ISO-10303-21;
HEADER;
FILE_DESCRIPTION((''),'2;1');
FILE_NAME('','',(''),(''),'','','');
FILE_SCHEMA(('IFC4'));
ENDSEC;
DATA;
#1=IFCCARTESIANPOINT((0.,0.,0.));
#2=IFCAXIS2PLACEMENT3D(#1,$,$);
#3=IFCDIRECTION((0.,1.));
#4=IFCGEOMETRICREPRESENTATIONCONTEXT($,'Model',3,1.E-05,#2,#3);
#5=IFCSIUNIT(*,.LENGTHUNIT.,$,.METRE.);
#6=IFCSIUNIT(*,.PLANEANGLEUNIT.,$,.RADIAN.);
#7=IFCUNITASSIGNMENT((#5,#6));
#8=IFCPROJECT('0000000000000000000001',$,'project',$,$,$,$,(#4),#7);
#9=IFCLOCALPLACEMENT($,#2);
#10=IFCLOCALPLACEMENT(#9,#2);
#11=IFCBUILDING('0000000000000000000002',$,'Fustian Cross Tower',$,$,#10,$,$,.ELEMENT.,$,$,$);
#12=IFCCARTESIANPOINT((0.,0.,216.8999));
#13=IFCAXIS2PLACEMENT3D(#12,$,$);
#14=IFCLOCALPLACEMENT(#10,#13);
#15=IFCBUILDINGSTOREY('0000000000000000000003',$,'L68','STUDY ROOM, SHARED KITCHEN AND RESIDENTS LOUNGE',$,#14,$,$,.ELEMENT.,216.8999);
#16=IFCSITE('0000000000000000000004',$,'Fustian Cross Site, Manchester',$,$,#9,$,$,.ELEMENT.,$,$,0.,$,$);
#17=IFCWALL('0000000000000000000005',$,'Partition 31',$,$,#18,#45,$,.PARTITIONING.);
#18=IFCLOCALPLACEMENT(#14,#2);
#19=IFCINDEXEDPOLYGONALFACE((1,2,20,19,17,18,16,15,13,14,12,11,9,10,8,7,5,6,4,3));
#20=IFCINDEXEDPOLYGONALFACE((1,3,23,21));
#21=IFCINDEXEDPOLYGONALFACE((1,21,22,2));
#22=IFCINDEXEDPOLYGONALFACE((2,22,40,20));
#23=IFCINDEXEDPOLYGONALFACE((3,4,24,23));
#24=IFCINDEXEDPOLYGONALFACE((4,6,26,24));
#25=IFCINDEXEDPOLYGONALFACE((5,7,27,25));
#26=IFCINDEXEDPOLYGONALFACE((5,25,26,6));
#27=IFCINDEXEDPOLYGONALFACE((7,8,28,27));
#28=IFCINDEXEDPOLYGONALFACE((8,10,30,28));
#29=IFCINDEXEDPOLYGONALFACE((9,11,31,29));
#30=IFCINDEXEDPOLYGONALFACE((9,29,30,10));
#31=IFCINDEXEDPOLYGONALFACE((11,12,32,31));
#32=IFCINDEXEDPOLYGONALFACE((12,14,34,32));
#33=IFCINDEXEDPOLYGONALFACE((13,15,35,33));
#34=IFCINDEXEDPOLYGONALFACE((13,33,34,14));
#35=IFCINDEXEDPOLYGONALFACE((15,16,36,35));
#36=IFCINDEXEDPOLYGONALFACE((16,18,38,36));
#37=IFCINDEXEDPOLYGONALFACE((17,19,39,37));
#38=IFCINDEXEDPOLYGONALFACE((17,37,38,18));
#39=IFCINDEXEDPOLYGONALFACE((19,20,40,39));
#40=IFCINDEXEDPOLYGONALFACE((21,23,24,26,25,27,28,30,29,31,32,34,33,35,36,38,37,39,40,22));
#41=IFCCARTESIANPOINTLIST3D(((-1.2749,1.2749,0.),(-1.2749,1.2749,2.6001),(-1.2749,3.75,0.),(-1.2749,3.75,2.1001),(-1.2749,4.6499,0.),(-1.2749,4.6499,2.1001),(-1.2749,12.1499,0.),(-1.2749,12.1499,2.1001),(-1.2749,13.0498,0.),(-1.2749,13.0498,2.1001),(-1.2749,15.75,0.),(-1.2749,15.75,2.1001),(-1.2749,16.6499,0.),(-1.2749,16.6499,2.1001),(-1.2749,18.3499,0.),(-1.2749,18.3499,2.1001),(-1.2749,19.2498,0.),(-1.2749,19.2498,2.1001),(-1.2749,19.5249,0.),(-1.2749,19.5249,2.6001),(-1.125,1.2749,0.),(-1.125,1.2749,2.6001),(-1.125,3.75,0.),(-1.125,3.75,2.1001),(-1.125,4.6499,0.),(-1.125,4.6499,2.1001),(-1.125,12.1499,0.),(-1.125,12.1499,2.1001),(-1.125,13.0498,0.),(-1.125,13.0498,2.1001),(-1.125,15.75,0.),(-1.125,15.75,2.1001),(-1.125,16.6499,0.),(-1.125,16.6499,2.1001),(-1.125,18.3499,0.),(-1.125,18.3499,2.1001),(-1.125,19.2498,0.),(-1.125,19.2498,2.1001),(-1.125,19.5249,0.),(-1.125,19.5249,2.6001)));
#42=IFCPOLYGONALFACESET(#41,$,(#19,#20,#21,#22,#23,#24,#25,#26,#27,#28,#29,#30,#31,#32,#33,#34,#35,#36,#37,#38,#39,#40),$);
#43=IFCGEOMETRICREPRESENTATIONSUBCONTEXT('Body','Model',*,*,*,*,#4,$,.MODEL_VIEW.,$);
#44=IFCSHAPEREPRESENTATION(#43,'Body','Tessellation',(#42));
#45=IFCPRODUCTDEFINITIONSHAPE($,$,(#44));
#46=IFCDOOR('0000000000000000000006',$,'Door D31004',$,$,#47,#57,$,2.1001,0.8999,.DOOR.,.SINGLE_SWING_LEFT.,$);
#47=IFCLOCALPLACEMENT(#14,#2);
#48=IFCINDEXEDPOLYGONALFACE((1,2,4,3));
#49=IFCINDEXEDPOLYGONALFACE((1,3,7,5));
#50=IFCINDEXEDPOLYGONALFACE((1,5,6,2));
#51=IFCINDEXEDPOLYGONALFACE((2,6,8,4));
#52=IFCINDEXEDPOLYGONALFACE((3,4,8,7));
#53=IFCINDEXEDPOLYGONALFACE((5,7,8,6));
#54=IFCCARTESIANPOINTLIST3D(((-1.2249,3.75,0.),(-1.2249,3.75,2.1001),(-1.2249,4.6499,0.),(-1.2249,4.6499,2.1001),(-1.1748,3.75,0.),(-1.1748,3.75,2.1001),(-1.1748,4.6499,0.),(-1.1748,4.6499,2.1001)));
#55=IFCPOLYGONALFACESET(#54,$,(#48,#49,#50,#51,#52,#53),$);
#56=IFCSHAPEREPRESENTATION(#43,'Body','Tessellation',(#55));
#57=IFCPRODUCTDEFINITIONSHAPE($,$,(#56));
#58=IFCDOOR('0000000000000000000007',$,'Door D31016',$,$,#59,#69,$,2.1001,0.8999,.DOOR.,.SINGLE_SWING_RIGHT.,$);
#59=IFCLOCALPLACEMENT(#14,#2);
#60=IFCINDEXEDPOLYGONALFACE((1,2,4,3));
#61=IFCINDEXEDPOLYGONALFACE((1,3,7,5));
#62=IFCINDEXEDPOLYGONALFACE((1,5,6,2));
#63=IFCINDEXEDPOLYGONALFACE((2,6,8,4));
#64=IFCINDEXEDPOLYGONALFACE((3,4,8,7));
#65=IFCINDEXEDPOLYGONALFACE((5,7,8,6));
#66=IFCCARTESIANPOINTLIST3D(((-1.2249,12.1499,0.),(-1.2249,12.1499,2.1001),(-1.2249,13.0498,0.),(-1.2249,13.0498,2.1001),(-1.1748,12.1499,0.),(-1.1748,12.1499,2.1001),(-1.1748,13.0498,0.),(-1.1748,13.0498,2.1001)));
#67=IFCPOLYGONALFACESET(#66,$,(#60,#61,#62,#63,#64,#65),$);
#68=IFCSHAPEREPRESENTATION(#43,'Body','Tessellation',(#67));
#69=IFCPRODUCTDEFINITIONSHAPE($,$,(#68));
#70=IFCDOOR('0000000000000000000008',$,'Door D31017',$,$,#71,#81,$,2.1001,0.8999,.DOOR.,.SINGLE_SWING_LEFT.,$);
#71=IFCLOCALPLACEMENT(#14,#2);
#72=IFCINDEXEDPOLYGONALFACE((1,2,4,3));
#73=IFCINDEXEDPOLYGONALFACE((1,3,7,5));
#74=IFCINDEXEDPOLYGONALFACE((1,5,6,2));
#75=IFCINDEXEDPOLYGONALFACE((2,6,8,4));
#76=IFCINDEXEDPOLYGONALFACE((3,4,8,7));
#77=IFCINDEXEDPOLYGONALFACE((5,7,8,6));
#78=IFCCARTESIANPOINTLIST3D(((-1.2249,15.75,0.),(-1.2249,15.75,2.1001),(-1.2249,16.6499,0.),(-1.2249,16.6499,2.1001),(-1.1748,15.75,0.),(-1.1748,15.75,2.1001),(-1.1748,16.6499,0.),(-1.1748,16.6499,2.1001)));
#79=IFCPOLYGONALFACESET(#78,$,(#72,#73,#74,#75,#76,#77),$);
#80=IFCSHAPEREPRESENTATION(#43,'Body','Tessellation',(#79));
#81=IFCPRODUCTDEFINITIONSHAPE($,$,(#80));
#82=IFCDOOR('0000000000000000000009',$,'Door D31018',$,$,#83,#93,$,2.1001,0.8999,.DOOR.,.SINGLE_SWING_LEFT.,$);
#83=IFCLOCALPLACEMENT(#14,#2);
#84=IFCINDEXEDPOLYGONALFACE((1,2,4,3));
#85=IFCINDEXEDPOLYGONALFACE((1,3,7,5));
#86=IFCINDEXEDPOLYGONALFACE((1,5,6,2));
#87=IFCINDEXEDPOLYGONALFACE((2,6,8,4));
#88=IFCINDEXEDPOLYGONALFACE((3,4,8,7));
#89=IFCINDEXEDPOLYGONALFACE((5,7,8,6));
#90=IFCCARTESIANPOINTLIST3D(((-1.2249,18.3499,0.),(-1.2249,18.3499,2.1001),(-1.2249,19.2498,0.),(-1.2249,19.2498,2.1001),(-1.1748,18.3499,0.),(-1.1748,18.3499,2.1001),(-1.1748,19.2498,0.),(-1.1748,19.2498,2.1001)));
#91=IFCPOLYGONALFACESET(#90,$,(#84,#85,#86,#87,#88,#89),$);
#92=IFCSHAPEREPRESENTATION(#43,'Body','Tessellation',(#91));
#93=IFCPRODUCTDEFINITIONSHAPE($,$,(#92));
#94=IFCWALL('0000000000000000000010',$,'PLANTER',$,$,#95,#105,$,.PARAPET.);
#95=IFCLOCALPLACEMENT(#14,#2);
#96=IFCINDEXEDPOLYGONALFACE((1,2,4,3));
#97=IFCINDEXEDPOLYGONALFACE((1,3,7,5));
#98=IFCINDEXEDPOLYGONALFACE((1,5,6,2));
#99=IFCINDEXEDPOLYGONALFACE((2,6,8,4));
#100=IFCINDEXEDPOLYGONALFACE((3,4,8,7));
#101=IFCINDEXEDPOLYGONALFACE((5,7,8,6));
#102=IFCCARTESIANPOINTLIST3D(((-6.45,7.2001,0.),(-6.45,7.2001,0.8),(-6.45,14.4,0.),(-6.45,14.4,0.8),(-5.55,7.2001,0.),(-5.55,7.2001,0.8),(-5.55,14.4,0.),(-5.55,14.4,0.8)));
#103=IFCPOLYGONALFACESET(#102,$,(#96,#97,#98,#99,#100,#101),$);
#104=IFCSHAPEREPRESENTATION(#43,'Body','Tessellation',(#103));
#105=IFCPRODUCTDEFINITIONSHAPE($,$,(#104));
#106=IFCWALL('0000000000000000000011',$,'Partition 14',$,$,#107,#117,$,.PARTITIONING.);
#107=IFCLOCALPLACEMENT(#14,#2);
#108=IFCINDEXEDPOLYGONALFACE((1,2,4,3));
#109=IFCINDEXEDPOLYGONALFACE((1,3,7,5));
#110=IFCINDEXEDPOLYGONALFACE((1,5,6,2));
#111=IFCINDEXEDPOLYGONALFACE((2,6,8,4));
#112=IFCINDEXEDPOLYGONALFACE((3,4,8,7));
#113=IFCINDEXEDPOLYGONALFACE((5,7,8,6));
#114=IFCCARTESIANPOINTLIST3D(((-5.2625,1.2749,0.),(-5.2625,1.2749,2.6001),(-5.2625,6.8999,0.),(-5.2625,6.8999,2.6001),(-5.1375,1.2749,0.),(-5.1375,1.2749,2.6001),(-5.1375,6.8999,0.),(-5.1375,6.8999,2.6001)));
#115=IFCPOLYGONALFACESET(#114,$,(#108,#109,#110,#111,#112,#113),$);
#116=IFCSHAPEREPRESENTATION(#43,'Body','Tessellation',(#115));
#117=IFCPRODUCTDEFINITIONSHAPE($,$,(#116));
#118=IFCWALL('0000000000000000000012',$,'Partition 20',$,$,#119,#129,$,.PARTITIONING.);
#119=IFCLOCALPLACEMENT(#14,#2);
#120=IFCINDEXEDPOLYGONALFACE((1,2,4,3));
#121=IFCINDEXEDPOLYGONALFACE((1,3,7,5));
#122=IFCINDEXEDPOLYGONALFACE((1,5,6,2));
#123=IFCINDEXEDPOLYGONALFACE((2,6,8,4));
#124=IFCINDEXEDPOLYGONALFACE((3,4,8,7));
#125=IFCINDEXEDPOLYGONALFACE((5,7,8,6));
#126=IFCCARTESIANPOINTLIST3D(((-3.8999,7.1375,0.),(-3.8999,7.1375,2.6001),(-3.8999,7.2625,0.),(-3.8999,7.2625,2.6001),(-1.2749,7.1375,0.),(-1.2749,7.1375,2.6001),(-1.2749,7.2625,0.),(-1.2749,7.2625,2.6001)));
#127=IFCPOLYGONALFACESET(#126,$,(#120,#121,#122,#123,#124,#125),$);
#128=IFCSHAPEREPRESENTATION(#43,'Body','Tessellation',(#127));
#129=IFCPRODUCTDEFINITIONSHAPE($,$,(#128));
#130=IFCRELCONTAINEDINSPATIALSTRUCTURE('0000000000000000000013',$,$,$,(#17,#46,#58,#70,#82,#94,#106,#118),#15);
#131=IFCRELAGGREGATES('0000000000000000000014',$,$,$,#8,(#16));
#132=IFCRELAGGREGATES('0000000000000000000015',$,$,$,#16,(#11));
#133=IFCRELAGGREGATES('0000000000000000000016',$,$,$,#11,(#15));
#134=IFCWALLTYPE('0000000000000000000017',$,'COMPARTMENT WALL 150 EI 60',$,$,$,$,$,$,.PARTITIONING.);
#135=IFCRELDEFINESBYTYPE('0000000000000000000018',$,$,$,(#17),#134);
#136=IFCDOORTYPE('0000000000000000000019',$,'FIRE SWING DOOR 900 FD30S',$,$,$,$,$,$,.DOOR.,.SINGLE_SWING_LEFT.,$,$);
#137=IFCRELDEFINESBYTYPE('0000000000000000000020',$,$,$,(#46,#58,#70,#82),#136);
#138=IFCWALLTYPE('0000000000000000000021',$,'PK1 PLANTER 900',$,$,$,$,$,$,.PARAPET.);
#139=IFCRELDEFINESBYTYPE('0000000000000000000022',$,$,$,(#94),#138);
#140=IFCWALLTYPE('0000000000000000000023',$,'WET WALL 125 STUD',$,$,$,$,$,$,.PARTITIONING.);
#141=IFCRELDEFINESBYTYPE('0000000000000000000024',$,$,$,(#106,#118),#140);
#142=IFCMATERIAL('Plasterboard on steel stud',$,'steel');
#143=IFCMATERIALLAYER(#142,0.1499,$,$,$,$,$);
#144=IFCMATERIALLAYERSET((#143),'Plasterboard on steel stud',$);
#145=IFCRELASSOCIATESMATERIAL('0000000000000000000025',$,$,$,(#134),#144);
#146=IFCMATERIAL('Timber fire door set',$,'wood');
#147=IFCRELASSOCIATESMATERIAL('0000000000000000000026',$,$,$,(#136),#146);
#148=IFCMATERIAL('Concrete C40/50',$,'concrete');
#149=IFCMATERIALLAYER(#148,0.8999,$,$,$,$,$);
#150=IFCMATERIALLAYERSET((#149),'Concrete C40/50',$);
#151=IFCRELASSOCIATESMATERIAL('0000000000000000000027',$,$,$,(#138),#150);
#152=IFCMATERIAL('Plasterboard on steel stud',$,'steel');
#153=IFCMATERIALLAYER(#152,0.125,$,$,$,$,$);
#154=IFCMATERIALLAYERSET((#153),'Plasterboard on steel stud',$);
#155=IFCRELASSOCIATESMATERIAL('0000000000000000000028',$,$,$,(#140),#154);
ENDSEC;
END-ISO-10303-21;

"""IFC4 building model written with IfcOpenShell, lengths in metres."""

from ifc_helpers import new_model, si_unit, direction, frame, frame_2d, origin, place, context, subcontext, project, spatial, rectangle, extrude, material, layer, layer_set, type_object, element, fill, save


model = new_model("IFC4")

# Units and contexts
model_context = context("Model", 3, precision=1e-05, world=origin(), true_north=direction((0.0, 1.0)))
body_context = subcontext(model_context, "Body", "Model", "MODEL_VIEW")
ifc_project = project(units=[si_unit("LENGTHUNIT", "METRE"), si_unit("PLANEANGLEUNIT", "RADIAN")], contexts=[model_context])

# Site, building, storey
site_placement = place(None, origin())
site = spatial("IfcSite", under=ifc_project, at=site_placement, Name="Fustian Cross Site, Manchester", CompositionType="ELEMENT", RefElevation=0.0)
building_placement = place(site_placement, origin())
building = spatial("IfcBuilding", under=site, at=building_placement, Name="Fustian Cross Tower", CompositionType="ELEMENT")
storey_placement = place(building_placement, frame((0.0, 0.0, 216.8999)))
storey = spatial("IfcBuildingStorey", under=building, at=storey_placement, Name="L68", Description="STUDY ROOM, SHARED KITCHEN AND RESIDENTS LOUNGE", CompositionType="ELEMENT", Elevation=216.8999)

# Wall, openings, doors
ifc_material_1 = material(Name="Plasterboard on steel stud", Category="steel")
ifc_layer_1 = layer(ifc_material_1, 0.1499)
ifc_layer_set_1 = layer_set([ifc_layer_1], Name="Plasterboard on steel stud")
wall_type_1 = type_object("IfcWallType", Name="COMPARTMENT WALL 150 EI 60", PredefinedType="PARTITIONING", material=ifc_layer_set_1)
wall_1_placement = place(storey_placement, frame((-1.2, 1.2749, 0.0), z_axis=(0.0, 0.0, 1.0), x_axis=(0.0, 1.0, 0.0)))
wall_1 = element("IfcWall", 1, at=wall_1_placement, inside=storey, type_object=wall_type_1, Name="Partition 31", PredefinedType="PARTITIONING", context=body_context, shape_type="SweptSolid", body=[
    extrude(rectangle(XDim=18.25, YDim=0.1499, at=frame_2d((9.125, 0.0))), origin(), (0.0, 0.0, 1.0), 2.6001),
])
opening_1_placement = place(wall_1_placement, frame((2.4751, 0.0, 0.0)))
opening_1 = element("IfcOpeningElement", 2, at=opening_1_placement, cuts=wall_1, PredefinedType="OPENING", context=body_context, shape_type="SweptSolid", body=[
    extrude(rectangle(XDim=0.8999, YDim=2.1001, at=frame_2d((0.45, 1.05))), frame((0.0, 0.085, 0.0), z_axis=(0.0, -1.0, 0.0), x_axis=(1.0, 0.0, 0.0)), (0.0, 0.0, 1.0), 0.1699),
])
opening_2_placement = place(wall_1_placement, frame((10.875, 0.0, 0.0)))
opening_2 = element("IfcOpeningElement", 3, at=opening_2_placement, cuts=wall_1, PredefinedType="OPENING", context=body_context, shape_type="SweptSolid", body=[
    extrude(rectangle(XDim=0.8999, YDim=2.1001, at=frame_2d((0.45, 1.05))), frame((0.0, 0.085, 0.0), z_axis=(0.0, -1.0, 0.0), x_axis=(1.0, 0.0, 0.0)), (0.0, 0.0, 1.0), 0.1699),
])
opening_3_placement = place(wall_1_placement, frame((14.4751, 0.0, 0.0)))
opening_3 = element("IfcOpeningElement", 4, at=opening_3_placement, cuts=wall_1, PredefinedType="OPENING", context=body_context, shape_type="SweptSolid", body=[
    extrude(rectangle(XDim=0.8999, YDim=2.1001, at=frame_2d((0.45, 1.05))), frame((0.0, 0.085, 0.0), z_axis=(0.0, -1.0, 0.0), x_axis=(1.0, 0.0, 0.0)), (0.0, 0.0, 1.0), 0.1699),
])
opening_4_placement = place(wall_1_placement, frame((17.075, 0.0, 0.0)))
opening_4 = element("IfcOpeningElement", 5, at=opening_4_placement, cuts=wall_1, PredefinedType="OPENING", context=body_context, shape_type="SweptSolid", body=[
    extrude(rectangle(XDim=0.8999, YDim=2.1001, at=frame_2d((0.45, 1.05))), frame((0.0, 0.085, 0.0), z_axis=(0.0, -1.0, 0.0), x_axis=(1.0, 0.0, 0.0)), (0.0, 0.0, 1.0), 0.1699),
])
ifc_material_2 = material(Name="Timber fire door set", Category="wood")
door_type_1 = type_object("IfcDoorType", Name="FIRE SWING DOOR 900 FD30S", OperationType="SINGLE_SWING_LEFT", PredefinedType="DOOR", material=ifc_material_2)
door_1_placement = place(opening_1_placement, origin())
door_1 = element("IfcDoor", 6, at=door_1_placement, inside=storey, type_object=door_type_1, Name="Door D31004", OperationType="SINGLE_SWING_LEFT", OverallHeight=2.1001, OverallWidth=0.8999, PredefinedType="DOOR", context=body_context, shape_type="SweptSolid", body=[
    extrude(rectangle(XDim=0.8999, YDim=2.1001, at=frame_2d((0.45, 1.05))), frame((0.0, 0.0249, 0.0), z_axis=(0.0, -1.0, 0.0), x_axis=(1.0, 0.0, 0.0)), (0.0, 0.0, 1.0), 0.05),
])
fill(opening_1, door_1)
door_2_placement = place(opening_2_placement, origin())
door_2 = element("IfcDoor", 7, at=door_2_placement, inside=storey, type_object=door_type_1, Name="Door D31016", OperationType="SINGLE_SWING_RIGHT", OverallHeight=2.1001, OverallWidth=0.8999, PredefinedType="DOOR", context=body_context, shape_type="SweptSolid", body=[
    extrude(rectangle(XDim=0.8999, YDim=2.1001, at=frame_2d((0.45, 1.05))), frame((0.0, 0.0249, 0.0), z_axis=(0.0, -1.0, 0.0), x_axis=(1.0, 0.0, 0.0)), (0.0, 0.0, 1.0), 0.05),
])
fill(opening_2, door_2)
door_3_placement = place(opening_3_placement, origin())
door_3 = element("IfcDoor", 8, at=door_3_placement, inside=storey, type_object=door_type_1, Name="Door D31017", OperationType="SINGLE_SWING_LEFT", OverallHeight=2.1001, OverallWidth=0.8999, PredefinedType="DOOR", context=body_context, shape_type="SweptSolid", body=[
    extrude(rectangle(XDim=0.8999, YDim=2.1001, at=frame_2d((0.45, 1.05))), frame((0.0, 0.0249, 0.0), z_axis=(0.0, -1.0, 0.0), x_axis=(1.0, 0.0, 0.0)), (0.0, 0.0, 1.0), 0.05),
])
fill(opening_3, door_3)
door_4_placement = place(opening_4_placement, origin())
door_4 = element("IfcDoor", 9, at=door_4_placement, inside=storey, type_object=door_type_1, Name="Door D31018", OperationType="SINGLE_SWING_LEFT", OverallHeight=2.1001, OverallWidth=0.8999, PredefinedType="DOOR", context=body_context, shape_type="SweptSolid", body=[
    extrude(rectangle(XDim=0.8999, YDim=2.1001, at=frame_2d((0.45, 1.05))), frame((0.0, 0.0249, 0.0), z_axis=(0.0, -1.0, 0.0), x_axis=(1.0, 0.0, 0.0)), (0.0, 0.0, 1.0), 0.05),
])
fill(opening_4, door_4)

# Walls
ifc_material_3 = material(Name="Concrete C40/50", Category="concrete")
ifc_layer_2 = layer(ifc_material_3, 0.8999)
ifc_layer_set_2 = layer_set([ifc_layer_2], Name="Concrete C40/50")
wall_type_2 = type_object("IfcWallType", Name="PK1 PLANTER 900", PredefinedType="PARAPET", material=ifc_layer_set_2)
wall_2_placement = place(storey_placement, frame((-6.0, 7.2, 0.0), z_axis=(0.0, 0.0, 1.0), x_axis=(0.0, 1.0, 0.0)))
element("IfcWall", 10, at=wall_2_placement, inside=storey, type_object=wall_type_2, Name="PLANTER", PredefinedType="PARAPET", context=body_context, shape_type="SweptSolid", body=[
    extrude(rectangle(XDim=7.2, YDim=0.8999, at=frame_2d((3.6001, 0.0))), origin(), (0.0, 0.0, 1.0), 0.8),
])
ifc_material_4 = material(Name="Plasterboard on steel stud", Category="steel")
ifc_layer_3 = layer(ifc_material_4, 0.125)
ifc_layer_set_3 = layer_set([ifc_layer_3], Name="Plasterboard on steel stud")
wall_type_3 = type_object("IfcWallType", Name="WET WALL 125 STUD", PredefinedType="PARTITIONING", material=ifc_layer_set_3)
wall_3_placement = place(storey_placement, frame((-5.2, 1.2749, 0.0), z_axis=(0.0, 0.0, 1.0), x_axis=(0.0, 1.0, 0.0)))
element("IfcWall", 11, at=wall_3_placement, inside=storey, type_object=wall_type_3, Name="Partition 14", PredefinedType="PARTITIONING", context=body_context, shape_type="SweptSolid", body=[
    extrude(rectangle(XDim=5.625, YDim=0.125, at=frame_2d((2.8125, 0.0))), origin(), (0.0, 0.0, 1.0), 2.6001),
])
wall_4_placement = place(storey_placement, frame((-3.8999, 7.2, 0.0), z_axis=(0.0, 0.0, 1.0), x_axis=(1.0, 0.0, 0.0)))
element("IfcWall", 12, at=wall_4_placement, inside=storey, type_object=wall_type_3, Name="Partition 20", PredefinedType="PARTITIONING", context=body_context, shape_type="SweptSolid", body=[
    extrude(rectangle(XDim=2.625, YDim=0.125, at=frame_2d((1.3125, 0.0))), origin(), (0.0, 0.0, 1.0), 2.6001),
])

save(model, "model.ifc")
